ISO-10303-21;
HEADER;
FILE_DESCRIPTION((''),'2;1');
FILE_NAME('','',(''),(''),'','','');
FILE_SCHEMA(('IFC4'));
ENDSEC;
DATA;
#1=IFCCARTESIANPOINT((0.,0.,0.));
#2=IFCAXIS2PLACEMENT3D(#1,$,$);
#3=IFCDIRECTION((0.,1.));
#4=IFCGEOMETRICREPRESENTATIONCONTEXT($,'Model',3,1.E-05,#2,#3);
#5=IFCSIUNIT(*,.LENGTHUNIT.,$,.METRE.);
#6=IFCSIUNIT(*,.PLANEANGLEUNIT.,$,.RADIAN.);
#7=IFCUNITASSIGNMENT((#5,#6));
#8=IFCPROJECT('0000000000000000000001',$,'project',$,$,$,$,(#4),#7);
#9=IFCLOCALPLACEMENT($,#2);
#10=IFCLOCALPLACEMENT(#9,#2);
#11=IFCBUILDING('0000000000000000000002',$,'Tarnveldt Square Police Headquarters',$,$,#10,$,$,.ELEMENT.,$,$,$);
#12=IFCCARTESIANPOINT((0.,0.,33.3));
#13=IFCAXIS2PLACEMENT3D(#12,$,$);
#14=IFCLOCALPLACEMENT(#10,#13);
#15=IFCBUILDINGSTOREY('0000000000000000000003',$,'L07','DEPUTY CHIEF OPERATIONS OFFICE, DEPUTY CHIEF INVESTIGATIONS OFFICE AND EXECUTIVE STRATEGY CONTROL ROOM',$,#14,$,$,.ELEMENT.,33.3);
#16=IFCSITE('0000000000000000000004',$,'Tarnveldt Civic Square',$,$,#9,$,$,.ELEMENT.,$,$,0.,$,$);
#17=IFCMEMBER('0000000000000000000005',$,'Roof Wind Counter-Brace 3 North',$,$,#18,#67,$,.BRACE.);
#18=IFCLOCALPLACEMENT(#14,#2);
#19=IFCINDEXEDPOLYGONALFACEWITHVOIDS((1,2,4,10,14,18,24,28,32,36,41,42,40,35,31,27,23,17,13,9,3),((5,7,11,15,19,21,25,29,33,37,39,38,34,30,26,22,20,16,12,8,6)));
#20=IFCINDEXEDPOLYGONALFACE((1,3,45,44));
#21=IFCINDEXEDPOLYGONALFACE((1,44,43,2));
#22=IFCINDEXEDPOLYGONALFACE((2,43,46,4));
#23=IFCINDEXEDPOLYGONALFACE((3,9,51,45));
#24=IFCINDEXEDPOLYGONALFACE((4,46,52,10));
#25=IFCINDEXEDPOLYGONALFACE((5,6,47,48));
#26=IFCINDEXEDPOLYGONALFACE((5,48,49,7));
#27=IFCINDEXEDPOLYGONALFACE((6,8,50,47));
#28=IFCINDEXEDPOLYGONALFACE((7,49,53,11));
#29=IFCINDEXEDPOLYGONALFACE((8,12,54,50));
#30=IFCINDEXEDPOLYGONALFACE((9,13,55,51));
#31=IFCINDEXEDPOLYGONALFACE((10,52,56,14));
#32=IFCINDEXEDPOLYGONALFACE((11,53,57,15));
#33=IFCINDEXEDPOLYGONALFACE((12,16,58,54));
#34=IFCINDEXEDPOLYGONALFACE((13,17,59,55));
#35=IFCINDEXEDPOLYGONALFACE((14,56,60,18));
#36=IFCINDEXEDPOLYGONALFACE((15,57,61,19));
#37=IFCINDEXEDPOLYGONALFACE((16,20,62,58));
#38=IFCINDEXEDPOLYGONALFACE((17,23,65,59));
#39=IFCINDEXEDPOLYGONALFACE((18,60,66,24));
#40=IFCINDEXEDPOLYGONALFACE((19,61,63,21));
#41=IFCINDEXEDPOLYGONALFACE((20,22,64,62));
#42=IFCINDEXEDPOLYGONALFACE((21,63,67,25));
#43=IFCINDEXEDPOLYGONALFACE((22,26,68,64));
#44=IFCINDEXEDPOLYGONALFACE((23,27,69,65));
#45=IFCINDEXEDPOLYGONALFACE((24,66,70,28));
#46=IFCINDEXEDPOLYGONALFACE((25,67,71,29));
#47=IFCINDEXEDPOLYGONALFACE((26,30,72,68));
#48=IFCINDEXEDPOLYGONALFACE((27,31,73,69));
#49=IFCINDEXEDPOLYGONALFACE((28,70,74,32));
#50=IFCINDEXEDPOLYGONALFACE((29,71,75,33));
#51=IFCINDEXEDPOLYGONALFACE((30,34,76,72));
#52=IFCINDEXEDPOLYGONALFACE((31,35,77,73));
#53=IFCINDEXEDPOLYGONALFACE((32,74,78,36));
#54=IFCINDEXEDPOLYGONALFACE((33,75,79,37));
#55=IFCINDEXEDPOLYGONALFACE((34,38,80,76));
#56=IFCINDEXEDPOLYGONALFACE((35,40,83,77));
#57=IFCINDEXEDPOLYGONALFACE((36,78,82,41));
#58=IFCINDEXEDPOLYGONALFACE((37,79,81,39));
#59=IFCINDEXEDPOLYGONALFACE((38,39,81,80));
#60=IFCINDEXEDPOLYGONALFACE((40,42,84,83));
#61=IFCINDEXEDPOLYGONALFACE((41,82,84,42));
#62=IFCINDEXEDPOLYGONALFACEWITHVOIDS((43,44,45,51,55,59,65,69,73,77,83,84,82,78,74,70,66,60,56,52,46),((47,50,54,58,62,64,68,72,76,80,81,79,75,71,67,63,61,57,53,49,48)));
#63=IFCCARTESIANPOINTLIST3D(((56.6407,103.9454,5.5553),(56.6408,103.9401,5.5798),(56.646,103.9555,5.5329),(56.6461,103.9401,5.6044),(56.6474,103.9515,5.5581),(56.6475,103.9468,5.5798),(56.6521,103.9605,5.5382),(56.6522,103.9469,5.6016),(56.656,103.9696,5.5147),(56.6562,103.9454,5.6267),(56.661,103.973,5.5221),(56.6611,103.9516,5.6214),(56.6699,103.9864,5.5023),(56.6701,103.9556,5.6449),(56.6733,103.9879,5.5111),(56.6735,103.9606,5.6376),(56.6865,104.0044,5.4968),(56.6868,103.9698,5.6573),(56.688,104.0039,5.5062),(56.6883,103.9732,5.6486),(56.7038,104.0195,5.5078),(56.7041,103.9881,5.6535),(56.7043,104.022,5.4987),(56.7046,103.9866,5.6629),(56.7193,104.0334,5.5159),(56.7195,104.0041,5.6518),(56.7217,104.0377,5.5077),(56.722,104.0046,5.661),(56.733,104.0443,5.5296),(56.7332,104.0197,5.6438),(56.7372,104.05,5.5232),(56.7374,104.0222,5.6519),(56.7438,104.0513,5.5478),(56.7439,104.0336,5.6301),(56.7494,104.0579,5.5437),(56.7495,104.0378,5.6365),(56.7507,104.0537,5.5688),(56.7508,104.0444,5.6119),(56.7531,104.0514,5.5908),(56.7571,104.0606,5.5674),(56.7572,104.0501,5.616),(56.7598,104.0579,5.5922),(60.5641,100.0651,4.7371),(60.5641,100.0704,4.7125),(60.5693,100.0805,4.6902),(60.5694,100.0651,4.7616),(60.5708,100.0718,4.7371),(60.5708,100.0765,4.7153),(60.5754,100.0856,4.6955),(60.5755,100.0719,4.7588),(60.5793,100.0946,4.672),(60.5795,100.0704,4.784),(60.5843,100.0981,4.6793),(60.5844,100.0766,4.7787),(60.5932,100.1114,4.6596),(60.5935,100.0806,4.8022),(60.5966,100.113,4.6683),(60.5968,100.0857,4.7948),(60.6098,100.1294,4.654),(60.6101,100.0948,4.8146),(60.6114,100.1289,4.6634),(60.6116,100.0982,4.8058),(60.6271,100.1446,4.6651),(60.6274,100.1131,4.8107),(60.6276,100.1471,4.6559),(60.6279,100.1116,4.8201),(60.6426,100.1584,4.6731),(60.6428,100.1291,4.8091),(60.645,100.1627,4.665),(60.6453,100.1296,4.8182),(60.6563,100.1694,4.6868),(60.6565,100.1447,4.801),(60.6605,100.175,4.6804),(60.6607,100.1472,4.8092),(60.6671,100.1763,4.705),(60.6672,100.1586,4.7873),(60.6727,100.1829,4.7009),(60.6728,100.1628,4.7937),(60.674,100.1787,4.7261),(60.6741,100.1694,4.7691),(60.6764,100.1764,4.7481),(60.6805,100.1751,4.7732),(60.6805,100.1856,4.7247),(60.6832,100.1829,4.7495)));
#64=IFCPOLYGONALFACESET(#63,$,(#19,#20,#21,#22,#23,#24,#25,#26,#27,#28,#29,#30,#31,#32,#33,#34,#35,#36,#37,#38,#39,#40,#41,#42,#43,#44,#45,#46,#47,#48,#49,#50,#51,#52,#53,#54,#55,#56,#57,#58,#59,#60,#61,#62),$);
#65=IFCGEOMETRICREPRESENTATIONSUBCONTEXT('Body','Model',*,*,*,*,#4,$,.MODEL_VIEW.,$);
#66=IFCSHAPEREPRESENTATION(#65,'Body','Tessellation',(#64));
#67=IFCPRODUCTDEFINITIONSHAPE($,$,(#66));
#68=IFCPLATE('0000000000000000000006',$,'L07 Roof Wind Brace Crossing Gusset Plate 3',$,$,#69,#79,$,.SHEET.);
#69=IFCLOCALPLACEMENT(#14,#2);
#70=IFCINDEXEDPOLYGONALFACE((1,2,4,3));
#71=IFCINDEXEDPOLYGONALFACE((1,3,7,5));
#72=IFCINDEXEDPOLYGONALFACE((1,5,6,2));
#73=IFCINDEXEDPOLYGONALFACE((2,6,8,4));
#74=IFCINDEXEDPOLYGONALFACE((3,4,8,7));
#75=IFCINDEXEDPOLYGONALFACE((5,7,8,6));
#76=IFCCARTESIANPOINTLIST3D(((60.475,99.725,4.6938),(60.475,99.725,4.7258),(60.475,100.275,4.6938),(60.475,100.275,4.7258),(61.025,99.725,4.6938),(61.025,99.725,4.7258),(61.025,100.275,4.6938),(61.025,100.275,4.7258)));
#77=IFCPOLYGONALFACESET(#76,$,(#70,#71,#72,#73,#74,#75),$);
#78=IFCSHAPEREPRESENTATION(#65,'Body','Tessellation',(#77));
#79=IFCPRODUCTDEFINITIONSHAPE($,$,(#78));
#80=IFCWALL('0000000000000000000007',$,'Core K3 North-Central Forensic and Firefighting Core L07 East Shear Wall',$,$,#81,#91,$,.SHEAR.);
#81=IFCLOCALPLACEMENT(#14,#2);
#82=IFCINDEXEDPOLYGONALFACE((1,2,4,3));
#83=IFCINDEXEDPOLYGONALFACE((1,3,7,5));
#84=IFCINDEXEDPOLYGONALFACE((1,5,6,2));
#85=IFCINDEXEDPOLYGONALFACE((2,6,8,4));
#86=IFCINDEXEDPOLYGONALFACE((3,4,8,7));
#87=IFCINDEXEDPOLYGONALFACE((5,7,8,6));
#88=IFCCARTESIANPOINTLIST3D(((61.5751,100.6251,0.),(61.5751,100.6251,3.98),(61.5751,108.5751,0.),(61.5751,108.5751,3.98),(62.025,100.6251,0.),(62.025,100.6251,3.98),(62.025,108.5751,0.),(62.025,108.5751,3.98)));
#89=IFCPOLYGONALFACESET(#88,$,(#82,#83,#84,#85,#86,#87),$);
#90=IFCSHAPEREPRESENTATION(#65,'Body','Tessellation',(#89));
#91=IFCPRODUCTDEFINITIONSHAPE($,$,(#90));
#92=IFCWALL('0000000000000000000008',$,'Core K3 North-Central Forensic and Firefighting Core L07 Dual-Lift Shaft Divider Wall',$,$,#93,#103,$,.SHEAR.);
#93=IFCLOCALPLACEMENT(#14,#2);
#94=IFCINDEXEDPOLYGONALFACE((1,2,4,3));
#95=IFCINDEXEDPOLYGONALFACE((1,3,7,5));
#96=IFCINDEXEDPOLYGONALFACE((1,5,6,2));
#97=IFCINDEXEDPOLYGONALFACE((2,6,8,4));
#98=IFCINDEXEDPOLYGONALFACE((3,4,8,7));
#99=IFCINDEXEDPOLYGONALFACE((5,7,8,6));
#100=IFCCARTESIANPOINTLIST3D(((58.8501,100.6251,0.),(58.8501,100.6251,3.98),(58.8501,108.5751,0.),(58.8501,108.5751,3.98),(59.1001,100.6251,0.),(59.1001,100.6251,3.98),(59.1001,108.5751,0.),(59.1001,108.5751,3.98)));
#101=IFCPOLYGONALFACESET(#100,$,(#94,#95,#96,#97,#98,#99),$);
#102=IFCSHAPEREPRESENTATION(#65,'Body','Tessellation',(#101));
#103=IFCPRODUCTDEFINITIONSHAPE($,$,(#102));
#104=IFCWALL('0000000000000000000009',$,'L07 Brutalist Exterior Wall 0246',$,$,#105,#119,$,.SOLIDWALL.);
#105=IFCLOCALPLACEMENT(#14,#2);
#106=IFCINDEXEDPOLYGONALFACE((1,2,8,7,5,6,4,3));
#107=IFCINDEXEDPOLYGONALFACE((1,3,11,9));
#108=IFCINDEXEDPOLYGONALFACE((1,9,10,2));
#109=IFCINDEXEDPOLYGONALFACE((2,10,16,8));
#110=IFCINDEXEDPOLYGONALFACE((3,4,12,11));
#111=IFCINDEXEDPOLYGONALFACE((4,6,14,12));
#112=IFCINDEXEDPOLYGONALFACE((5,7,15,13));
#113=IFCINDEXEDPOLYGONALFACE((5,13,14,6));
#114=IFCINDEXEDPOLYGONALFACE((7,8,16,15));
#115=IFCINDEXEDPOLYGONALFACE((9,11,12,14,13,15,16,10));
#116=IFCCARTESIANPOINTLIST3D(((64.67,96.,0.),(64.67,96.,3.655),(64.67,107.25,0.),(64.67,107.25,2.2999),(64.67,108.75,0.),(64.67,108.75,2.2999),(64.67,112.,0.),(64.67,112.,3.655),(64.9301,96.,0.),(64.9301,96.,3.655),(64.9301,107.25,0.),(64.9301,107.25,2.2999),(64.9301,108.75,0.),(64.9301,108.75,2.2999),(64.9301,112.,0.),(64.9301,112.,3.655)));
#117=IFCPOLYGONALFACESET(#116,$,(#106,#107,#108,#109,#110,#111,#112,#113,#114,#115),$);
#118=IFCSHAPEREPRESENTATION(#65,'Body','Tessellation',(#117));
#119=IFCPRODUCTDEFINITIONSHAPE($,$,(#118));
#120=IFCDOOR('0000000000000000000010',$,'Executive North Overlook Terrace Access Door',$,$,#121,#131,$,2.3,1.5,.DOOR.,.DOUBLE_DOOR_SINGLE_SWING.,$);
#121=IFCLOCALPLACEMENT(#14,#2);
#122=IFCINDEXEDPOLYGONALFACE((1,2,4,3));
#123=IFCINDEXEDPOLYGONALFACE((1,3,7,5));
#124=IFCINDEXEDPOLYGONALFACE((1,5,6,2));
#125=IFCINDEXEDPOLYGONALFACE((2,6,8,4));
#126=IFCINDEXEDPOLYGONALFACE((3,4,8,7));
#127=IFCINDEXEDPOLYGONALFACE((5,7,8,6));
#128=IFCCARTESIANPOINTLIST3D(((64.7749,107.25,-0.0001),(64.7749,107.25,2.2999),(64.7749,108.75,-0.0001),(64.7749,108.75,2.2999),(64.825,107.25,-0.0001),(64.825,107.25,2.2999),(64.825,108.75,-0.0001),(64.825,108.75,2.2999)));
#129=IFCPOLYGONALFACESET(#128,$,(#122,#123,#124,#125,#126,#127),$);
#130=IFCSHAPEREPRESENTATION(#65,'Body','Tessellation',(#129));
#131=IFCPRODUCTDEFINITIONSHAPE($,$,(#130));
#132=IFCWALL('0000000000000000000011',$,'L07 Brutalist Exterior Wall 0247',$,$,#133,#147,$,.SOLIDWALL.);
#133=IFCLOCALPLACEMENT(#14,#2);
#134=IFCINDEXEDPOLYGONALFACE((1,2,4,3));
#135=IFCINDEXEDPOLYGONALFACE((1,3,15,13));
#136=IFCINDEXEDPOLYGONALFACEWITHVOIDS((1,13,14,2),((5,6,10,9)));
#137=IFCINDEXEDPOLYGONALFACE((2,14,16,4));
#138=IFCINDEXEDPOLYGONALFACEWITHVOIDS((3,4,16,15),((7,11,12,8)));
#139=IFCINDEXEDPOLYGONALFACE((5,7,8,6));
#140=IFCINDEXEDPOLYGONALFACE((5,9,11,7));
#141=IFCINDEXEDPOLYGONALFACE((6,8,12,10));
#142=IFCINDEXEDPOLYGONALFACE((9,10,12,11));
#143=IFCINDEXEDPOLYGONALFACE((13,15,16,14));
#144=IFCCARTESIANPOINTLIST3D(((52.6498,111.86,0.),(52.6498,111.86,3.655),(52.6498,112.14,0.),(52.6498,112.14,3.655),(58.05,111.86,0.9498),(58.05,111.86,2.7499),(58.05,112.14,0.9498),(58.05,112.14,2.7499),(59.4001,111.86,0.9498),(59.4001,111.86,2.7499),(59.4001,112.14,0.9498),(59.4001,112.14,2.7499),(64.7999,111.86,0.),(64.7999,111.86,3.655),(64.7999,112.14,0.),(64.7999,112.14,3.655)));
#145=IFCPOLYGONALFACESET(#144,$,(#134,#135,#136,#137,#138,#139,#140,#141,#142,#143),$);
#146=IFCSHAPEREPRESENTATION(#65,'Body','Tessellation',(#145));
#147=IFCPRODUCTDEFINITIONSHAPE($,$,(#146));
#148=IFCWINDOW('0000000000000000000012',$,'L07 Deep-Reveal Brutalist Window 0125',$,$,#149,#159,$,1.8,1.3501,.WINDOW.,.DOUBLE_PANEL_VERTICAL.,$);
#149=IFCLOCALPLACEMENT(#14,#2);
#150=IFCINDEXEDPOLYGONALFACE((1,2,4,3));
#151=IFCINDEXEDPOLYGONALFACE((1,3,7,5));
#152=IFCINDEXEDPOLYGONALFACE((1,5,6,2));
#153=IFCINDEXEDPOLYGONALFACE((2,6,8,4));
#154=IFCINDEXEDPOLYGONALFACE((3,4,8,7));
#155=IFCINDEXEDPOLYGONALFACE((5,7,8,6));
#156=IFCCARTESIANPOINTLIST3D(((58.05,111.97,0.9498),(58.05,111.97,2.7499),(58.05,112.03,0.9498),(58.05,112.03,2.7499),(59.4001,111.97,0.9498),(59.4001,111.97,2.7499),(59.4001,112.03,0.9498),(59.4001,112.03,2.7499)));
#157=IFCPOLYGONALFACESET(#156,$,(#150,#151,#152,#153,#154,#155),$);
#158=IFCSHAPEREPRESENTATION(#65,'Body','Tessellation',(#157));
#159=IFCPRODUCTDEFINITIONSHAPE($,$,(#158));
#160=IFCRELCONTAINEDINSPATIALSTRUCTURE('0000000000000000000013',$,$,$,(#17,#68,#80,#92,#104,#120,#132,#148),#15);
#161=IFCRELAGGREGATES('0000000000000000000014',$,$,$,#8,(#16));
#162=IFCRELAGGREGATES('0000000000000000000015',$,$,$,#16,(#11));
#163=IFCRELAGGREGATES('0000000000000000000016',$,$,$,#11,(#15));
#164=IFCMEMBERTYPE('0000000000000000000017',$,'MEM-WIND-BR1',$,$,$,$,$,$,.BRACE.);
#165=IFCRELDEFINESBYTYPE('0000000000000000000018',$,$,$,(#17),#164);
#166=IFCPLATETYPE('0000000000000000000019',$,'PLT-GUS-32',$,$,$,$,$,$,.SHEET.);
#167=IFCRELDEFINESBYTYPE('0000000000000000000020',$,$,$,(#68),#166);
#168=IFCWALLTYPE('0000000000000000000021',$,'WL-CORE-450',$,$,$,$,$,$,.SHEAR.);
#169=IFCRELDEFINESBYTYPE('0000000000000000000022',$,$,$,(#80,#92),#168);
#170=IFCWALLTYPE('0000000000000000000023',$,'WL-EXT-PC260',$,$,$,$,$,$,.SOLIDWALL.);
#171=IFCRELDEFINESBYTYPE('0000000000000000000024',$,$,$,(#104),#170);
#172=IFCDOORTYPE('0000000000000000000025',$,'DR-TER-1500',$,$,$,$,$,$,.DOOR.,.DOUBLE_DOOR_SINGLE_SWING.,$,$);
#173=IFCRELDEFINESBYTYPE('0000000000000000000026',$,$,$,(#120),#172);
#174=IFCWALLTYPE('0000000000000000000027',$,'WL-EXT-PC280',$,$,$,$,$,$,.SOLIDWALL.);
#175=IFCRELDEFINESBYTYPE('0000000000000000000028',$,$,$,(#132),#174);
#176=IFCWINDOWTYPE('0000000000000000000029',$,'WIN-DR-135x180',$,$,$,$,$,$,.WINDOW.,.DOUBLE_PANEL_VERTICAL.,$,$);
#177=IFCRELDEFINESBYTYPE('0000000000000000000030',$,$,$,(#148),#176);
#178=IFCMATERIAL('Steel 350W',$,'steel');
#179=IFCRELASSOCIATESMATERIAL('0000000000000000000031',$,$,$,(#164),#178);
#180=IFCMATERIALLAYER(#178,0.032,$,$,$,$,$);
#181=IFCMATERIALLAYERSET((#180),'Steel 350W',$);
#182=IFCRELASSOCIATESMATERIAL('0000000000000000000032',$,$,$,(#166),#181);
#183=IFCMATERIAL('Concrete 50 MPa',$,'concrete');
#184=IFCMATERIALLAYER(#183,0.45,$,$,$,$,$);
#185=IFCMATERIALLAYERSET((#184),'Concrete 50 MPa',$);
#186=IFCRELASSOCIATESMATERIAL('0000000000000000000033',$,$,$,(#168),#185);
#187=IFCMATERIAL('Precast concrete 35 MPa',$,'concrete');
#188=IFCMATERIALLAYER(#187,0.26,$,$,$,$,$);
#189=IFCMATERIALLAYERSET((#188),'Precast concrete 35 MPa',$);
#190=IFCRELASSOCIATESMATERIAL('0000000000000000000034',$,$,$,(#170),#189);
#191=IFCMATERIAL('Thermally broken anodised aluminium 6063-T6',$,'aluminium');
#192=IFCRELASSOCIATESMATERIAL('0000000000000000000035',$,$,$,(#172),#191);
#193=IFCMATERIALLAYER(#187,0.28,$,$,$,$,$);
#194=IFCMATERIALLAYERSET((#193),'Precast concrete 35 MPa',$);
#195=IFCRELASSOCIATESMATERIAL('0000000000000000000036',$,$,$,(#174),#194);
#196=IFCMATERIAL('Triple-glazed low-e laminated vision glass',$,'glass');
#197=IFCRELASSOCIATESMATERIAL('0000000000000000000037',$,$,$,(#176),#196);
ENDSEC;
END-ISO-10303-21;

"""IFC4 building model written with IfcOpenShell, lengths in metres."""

from ifc_helpers import new_model, si_unit, direction, frame, frame_2d, origin, origin_2d, place, context, subcontext, project, spatial, rectangle, hollow_circle, extrude, material, layer, layer_set, material_profile, profile_set, type_object, element, fill, save


model = new_model("IFC4")

# Units and contexts
model_context = context("Model", 3, precision=1e-05, world=origin(), true_north=direction((0.0, 1.0)))
body_context = subcontext(model_context, "Body", "Model", "MODEL_VIEW")
ifc_project = project(units=[si_unit("LENGTHUNIT", "METRE"), si_unit("PLANEANGLEUNIT", "RADIAN")], contexts=[model_context])

# Site, building, storey
site_placement = place(None, origin())
site = spatial("IfcSite", under=ifc_project, at=site_placement, Name="Tarnveldt Civic Square", CompositionType="ELEMENT", RefElevation=0.0)
building_placement = place(site_placement, origin())
building = spatial("IfcBuilding", under=site, at=building_placement, Name="Tarnveldt Square Police Headquarters", CompositionType="ELEMENT")
storey_placement = place(building_placement, frame((0.0, 0.0, 33.3)))
storey = spatial("IfcBuildingStorey", under=building, at=storey_placement, Name="L07", Description="DEPUTY CHIEF OPERATIONS OFFICE, DEPUTY CHIEF INVESTIGATIONS OFFICE AND EXECUTIVE STRATEGY CONTROL ROOM", CompositionType="ELEMENT", Elevation=33.3)

# Shared definitions
ifc_material_1 = material(Name="Steel 350W", Category="steel")

# Member
ifc_material_profile_1 = material_profile(ifc_material_1, hollow_circle(Radius=0.0842, WallThickness=0.0095, at=origin_2d()), Name="HSS168x9.5")
ifc_profile_set_1 = profile_set([ifc_material_profile_1], Name="Steel 350W")
member_type_1 = type_object("IfcMemberType", Name="MEM-WIND-BR1", PredefinedType="BRACE", material=ifc_profile_set_1)
for number, where, z_axis, x_axis, name in (
    (1, (60.6233, 100.125, 4.7371), (-0.70331, 0.694644, 0.151078), (-0.70271, -0.711476, 0.0), "Roof Wind Counter-Brace 3 North"),
):
    element("IfcMember", number, at=place(storey_placement, frame(where, z_axis=z_axis, x_axis=x_axis)), inside=storey, type_object=member_type_1, Name=name, PredefinedType="BRACE", context=body_context, shape_type="SweptSolid", body=[
        extrude(hollow_circle(Radius=0.0842, WallThickness=0.0095, at=origin_2d()), origin(), (0.0, 0.0, 1.0), 5.5784),
    ])

# Plate
ifc_layer_1 = layer(ifc_material_1, 0.032)
ifc_layer_set_1 = layer_set([ifc_layer_1], Name="Steel 350W")
plate_type = type_object("IfcPlateType", Name="PLT-GUS-32", PredefinedType="SHEET", material=ifc_layer_set_1)
plate_placement = place(storey_placement, frame((60.75, 100.0, 4.6938), z_axis=(0.0, 0.0, 1.0), x_axis=(1.0, 0.0, 0.0)))
element("IfcPlate", 2, at=plate_placement, inside=storey, type_object=plate_type, Name="L07 Roof Wind Brace Crossing Gusset Plate 3", PredefinedType="SHEET", context=body_context, shape_type="SweptSolid", body=[
    extrude(rectangle(XDim=0.55, YDim=0.55, at=origin_2d()), origin(), (0.0, 0.0, 1.0), 0.032),
])

# Walls
ifc_material_2 = material(Name="Concrete 50 MPa", Category="concrete")
ifc_layer_2 = layer(ifc_material_2, 0.45)
ifc_layer_set_2 = layer_set([ifc_layer_2], Name="Concrete 50 MPa")
wall_type_1 = type_object("IfcWallType", Name="WL-CORE-450", PredefinedType="SHEAR", material=ifc_layer_set_2)
wall_1_placement = place(storey_placement, frame((61.8, 100.625, 0.0), z_axis=(0.0, 0.0, 1.0), x_axis=(0.0, 1.0, 0.0)))
element("IfcWall", 3, at=wall_1_placement, inside=storey, type_object=wall_type_1, Name="Core K3 North-Central Forensic and Firefighting Core L07 East Shear Wall", PredefinedType="SHEAR", context=body_context, shape_type="SweptSolid", body=[
    extrude(rectangle(XDim=7.95, YDim=0.45, at=frame_2d((3.9751, 0.0))), origin(), (0.0, 0.0, 1.0), 3.98),
])
wall_2_placement = place(storey_placement, frame((58.9751, 100.625, 0.0), z_axis=(0.0, 0.0, 1.0), x_axis=(0.0, 1.0, 0.0)))
element("IfcWall", 4, at=wall_2_placement, inside=storey, type_object=wall_type_1, Name="Core K3 North-Central Forensic and Firefighting Core L07 Dual-Lift Shaft Divider Wall", PredefinedType="SHEAR", context=body_context, shape_type="SweptSolid", body=[
    extrude(rectangle(XDim=7.95, YDim=0.25, at=frame_2d((3.9751, 0.0))), origin(), (0.0, 0.0, 1.0), 3.98),
])

# Wall, opening, door
ifc_material_3 = material(Name="Precast concrete 35 MPa", Category="concrete")
ifc_layer_3 = layer(ifc_material_3, 0.26)
ifc_layer_set_3 = layer_set([ifc_layer_3], Name="Precast concrete 35 MPa")
wall_type_2 = type_object("IfcWallType", Name="WL-EXT-PC260", PredefinedType="SOLIDWALL", material=ifc_layer_set_3)
wall_3_placement = place(storey_placement, frame((64.8, 96.0, 0.0), z_axis=(0.0, 0.0, 1.0), x_axis=(0.0, 1.0, 0.0)))
wall_3 = element("IfcWall", 5, at=wall_3_placement, inside=storey, type_object=wall_type_2, Name="L07 Brutalist Exterior Wall 0246", PredefinedType="SOLIDWALL", context=body_context, shape_type="SweptSolid", body=[
    extrude(rectangle(XDim=16.0, YDim=0.26, at=frame_2d((8.0, 0.0))), origin(), (0.0, 0.0, 1.0), 3.655),
])
opening_1_placement = place(wall_3_placement, frame((11.25, 0.0, 0.0)))
opening_1 = element("IfcOpeningElement", 6, at=opening_1_placement, cuts=wall_3, PredefinedType="OPENING", context=body_context, shape_type="SweptSolid", body=[
    extrude(rectangle(XDim=1.5, YDim=2.3, at=frame_2d((0.75, 1.1499))), frame((0.0, 0.1399, 0.0), z_axis=(0.0, -1.0, 0.0), x_axis=(1.0, 0.0, 0.0)), (0.0, 0.0, 1.0), 0.28),
])
ifc_material_4 = material(Name="Thermally broken anodised aluminium 6063-T6", Category="aluminium")
door_type_1 = type_object("IfcDoorType", Name="DR-TER-1500", OperationType="DOUBLE_DOOR_SINGLE_SWING", PredefinedType="DOOR", material=ifc_material_4)
door_1_placement = place(opening_1_placement, frame((1.5, 0.0, 0.0), z_axis=(0.0, 0.0, 1.0), x_axis=(-1.0, 0.0, 0.0)))
door_1 = element("IfcDoor", 7, at=door_1_placement, inside=storey, type_object=door_type_1, Name="Executive North Overlook Terrace Access Door", OperationType="DOUBLE_DOOR_SINGLE_SWING", OverallHeight=2.3, OverallWidth=1.5, PredefinedType="DOOR", context=body_context, shape_type="SweptSolid", body=[
    extrude(rectangle(XDim=1.5, YDim=2.3, at=frame_2d((0.75, 1.1499))), frame((0.0, 0.0249, 0.0), z_axis=(0.0, -1.0, 0.0), x_axis=(1.0, 0.0, 0.0)), (0.0, 0.0, 1.0), 0.05),
])
fill(opening_1, door_1)

# Wall, opening, window
ifc_layer_4 = layer(ifc_material_3, 0.28)
ifc_layer_set_4 = layer_set([ifc_layer_4], Name="Precast concrete 35 MPa")
wall_type_3 = type_object("IfcWallType", Name="WL-EXT-PC280", PredefinedType="SOLIDWALL", material=ifc_layer_set_4)
wall_4_placement = place(storey_placement, frame((64.8, 112.0, 0.0), z_axis=(0.0, 0.0, 1.0), x_axis=(-1.0, 0.0, 0.0)))
wall_4 = element("IfcWall", 8, at=wall_4_placement, inside=storey, type_object=wall_type_3, Name="L07 Brutalist Exterior Wall 0247", PredefinedType="SOLIDWALL", context=body_context, shape_type="SweptSolid", body=[
    extrude(rectangle(XDim=12.1501, YDim=0.28, at=frame_2d((6.0752, 0.0))), origin(), (0.0, 0.0, 1.0), 3.655),
])
opening_2_placement = place(wall_4_placement, frame((5.3999, 0.0, 0.95)))
opening_2 = element("IfcOpeningElement", 9, at=opening_2_placement, cuts=wall_4, PredefinedType="OPENING", context=body_context, shape_type="SweptSolid", body=[
    extrude(rectangle(XDim=1.3501, YDim=1.8, at=frame_2d((0.675, 0.8999))), frame((0.0, 0.1499, 0.0), z_axis=(0.0, -1.0, 0.0), x_axis=(1.0, 0.0, 0.0)), (0.0, 0.0, 1.0), 0.3),
])
ifc_material_5 = material(Name="Triple-glazed low-e laminated vision glass", Category="glass")
window_type = type_object("IfcWindowType", Name="WIN-DR-135x180", PartitioningType="DOUBLE_PANEL_VERTICAL", PredefinedType="WINDOW", material=ifc_material_5)
window_placement = place(opening_2_placement, origin())
window = element("IfcWindow", 10, at=window_placement, inside=storey, type_object=window_type, Name="L07 Deep-Reveal Brutalist Window 0125", OverallHeight=1.8, OverallWidth=1.3501, PartitioningType="DOUBLE_PANEL_VERTICAL", PredefinedType="WINDOW", context=body_context, shape_type="SweptSolid", body=[
    extrude(rectangle(XDim=1.3501, YDim=1.8, at=frame_2d((0.675, 0.8999))), frame((0.0, 0.03, 0.0), z_axis=(0.0, -1.0, 0.0), x_axis=(1.0, 0.0, 0.0)), (0.0, 0.0, 1.0), 0.0601),
])
fill(opening_2, window)

save(model, "model.ifc")
